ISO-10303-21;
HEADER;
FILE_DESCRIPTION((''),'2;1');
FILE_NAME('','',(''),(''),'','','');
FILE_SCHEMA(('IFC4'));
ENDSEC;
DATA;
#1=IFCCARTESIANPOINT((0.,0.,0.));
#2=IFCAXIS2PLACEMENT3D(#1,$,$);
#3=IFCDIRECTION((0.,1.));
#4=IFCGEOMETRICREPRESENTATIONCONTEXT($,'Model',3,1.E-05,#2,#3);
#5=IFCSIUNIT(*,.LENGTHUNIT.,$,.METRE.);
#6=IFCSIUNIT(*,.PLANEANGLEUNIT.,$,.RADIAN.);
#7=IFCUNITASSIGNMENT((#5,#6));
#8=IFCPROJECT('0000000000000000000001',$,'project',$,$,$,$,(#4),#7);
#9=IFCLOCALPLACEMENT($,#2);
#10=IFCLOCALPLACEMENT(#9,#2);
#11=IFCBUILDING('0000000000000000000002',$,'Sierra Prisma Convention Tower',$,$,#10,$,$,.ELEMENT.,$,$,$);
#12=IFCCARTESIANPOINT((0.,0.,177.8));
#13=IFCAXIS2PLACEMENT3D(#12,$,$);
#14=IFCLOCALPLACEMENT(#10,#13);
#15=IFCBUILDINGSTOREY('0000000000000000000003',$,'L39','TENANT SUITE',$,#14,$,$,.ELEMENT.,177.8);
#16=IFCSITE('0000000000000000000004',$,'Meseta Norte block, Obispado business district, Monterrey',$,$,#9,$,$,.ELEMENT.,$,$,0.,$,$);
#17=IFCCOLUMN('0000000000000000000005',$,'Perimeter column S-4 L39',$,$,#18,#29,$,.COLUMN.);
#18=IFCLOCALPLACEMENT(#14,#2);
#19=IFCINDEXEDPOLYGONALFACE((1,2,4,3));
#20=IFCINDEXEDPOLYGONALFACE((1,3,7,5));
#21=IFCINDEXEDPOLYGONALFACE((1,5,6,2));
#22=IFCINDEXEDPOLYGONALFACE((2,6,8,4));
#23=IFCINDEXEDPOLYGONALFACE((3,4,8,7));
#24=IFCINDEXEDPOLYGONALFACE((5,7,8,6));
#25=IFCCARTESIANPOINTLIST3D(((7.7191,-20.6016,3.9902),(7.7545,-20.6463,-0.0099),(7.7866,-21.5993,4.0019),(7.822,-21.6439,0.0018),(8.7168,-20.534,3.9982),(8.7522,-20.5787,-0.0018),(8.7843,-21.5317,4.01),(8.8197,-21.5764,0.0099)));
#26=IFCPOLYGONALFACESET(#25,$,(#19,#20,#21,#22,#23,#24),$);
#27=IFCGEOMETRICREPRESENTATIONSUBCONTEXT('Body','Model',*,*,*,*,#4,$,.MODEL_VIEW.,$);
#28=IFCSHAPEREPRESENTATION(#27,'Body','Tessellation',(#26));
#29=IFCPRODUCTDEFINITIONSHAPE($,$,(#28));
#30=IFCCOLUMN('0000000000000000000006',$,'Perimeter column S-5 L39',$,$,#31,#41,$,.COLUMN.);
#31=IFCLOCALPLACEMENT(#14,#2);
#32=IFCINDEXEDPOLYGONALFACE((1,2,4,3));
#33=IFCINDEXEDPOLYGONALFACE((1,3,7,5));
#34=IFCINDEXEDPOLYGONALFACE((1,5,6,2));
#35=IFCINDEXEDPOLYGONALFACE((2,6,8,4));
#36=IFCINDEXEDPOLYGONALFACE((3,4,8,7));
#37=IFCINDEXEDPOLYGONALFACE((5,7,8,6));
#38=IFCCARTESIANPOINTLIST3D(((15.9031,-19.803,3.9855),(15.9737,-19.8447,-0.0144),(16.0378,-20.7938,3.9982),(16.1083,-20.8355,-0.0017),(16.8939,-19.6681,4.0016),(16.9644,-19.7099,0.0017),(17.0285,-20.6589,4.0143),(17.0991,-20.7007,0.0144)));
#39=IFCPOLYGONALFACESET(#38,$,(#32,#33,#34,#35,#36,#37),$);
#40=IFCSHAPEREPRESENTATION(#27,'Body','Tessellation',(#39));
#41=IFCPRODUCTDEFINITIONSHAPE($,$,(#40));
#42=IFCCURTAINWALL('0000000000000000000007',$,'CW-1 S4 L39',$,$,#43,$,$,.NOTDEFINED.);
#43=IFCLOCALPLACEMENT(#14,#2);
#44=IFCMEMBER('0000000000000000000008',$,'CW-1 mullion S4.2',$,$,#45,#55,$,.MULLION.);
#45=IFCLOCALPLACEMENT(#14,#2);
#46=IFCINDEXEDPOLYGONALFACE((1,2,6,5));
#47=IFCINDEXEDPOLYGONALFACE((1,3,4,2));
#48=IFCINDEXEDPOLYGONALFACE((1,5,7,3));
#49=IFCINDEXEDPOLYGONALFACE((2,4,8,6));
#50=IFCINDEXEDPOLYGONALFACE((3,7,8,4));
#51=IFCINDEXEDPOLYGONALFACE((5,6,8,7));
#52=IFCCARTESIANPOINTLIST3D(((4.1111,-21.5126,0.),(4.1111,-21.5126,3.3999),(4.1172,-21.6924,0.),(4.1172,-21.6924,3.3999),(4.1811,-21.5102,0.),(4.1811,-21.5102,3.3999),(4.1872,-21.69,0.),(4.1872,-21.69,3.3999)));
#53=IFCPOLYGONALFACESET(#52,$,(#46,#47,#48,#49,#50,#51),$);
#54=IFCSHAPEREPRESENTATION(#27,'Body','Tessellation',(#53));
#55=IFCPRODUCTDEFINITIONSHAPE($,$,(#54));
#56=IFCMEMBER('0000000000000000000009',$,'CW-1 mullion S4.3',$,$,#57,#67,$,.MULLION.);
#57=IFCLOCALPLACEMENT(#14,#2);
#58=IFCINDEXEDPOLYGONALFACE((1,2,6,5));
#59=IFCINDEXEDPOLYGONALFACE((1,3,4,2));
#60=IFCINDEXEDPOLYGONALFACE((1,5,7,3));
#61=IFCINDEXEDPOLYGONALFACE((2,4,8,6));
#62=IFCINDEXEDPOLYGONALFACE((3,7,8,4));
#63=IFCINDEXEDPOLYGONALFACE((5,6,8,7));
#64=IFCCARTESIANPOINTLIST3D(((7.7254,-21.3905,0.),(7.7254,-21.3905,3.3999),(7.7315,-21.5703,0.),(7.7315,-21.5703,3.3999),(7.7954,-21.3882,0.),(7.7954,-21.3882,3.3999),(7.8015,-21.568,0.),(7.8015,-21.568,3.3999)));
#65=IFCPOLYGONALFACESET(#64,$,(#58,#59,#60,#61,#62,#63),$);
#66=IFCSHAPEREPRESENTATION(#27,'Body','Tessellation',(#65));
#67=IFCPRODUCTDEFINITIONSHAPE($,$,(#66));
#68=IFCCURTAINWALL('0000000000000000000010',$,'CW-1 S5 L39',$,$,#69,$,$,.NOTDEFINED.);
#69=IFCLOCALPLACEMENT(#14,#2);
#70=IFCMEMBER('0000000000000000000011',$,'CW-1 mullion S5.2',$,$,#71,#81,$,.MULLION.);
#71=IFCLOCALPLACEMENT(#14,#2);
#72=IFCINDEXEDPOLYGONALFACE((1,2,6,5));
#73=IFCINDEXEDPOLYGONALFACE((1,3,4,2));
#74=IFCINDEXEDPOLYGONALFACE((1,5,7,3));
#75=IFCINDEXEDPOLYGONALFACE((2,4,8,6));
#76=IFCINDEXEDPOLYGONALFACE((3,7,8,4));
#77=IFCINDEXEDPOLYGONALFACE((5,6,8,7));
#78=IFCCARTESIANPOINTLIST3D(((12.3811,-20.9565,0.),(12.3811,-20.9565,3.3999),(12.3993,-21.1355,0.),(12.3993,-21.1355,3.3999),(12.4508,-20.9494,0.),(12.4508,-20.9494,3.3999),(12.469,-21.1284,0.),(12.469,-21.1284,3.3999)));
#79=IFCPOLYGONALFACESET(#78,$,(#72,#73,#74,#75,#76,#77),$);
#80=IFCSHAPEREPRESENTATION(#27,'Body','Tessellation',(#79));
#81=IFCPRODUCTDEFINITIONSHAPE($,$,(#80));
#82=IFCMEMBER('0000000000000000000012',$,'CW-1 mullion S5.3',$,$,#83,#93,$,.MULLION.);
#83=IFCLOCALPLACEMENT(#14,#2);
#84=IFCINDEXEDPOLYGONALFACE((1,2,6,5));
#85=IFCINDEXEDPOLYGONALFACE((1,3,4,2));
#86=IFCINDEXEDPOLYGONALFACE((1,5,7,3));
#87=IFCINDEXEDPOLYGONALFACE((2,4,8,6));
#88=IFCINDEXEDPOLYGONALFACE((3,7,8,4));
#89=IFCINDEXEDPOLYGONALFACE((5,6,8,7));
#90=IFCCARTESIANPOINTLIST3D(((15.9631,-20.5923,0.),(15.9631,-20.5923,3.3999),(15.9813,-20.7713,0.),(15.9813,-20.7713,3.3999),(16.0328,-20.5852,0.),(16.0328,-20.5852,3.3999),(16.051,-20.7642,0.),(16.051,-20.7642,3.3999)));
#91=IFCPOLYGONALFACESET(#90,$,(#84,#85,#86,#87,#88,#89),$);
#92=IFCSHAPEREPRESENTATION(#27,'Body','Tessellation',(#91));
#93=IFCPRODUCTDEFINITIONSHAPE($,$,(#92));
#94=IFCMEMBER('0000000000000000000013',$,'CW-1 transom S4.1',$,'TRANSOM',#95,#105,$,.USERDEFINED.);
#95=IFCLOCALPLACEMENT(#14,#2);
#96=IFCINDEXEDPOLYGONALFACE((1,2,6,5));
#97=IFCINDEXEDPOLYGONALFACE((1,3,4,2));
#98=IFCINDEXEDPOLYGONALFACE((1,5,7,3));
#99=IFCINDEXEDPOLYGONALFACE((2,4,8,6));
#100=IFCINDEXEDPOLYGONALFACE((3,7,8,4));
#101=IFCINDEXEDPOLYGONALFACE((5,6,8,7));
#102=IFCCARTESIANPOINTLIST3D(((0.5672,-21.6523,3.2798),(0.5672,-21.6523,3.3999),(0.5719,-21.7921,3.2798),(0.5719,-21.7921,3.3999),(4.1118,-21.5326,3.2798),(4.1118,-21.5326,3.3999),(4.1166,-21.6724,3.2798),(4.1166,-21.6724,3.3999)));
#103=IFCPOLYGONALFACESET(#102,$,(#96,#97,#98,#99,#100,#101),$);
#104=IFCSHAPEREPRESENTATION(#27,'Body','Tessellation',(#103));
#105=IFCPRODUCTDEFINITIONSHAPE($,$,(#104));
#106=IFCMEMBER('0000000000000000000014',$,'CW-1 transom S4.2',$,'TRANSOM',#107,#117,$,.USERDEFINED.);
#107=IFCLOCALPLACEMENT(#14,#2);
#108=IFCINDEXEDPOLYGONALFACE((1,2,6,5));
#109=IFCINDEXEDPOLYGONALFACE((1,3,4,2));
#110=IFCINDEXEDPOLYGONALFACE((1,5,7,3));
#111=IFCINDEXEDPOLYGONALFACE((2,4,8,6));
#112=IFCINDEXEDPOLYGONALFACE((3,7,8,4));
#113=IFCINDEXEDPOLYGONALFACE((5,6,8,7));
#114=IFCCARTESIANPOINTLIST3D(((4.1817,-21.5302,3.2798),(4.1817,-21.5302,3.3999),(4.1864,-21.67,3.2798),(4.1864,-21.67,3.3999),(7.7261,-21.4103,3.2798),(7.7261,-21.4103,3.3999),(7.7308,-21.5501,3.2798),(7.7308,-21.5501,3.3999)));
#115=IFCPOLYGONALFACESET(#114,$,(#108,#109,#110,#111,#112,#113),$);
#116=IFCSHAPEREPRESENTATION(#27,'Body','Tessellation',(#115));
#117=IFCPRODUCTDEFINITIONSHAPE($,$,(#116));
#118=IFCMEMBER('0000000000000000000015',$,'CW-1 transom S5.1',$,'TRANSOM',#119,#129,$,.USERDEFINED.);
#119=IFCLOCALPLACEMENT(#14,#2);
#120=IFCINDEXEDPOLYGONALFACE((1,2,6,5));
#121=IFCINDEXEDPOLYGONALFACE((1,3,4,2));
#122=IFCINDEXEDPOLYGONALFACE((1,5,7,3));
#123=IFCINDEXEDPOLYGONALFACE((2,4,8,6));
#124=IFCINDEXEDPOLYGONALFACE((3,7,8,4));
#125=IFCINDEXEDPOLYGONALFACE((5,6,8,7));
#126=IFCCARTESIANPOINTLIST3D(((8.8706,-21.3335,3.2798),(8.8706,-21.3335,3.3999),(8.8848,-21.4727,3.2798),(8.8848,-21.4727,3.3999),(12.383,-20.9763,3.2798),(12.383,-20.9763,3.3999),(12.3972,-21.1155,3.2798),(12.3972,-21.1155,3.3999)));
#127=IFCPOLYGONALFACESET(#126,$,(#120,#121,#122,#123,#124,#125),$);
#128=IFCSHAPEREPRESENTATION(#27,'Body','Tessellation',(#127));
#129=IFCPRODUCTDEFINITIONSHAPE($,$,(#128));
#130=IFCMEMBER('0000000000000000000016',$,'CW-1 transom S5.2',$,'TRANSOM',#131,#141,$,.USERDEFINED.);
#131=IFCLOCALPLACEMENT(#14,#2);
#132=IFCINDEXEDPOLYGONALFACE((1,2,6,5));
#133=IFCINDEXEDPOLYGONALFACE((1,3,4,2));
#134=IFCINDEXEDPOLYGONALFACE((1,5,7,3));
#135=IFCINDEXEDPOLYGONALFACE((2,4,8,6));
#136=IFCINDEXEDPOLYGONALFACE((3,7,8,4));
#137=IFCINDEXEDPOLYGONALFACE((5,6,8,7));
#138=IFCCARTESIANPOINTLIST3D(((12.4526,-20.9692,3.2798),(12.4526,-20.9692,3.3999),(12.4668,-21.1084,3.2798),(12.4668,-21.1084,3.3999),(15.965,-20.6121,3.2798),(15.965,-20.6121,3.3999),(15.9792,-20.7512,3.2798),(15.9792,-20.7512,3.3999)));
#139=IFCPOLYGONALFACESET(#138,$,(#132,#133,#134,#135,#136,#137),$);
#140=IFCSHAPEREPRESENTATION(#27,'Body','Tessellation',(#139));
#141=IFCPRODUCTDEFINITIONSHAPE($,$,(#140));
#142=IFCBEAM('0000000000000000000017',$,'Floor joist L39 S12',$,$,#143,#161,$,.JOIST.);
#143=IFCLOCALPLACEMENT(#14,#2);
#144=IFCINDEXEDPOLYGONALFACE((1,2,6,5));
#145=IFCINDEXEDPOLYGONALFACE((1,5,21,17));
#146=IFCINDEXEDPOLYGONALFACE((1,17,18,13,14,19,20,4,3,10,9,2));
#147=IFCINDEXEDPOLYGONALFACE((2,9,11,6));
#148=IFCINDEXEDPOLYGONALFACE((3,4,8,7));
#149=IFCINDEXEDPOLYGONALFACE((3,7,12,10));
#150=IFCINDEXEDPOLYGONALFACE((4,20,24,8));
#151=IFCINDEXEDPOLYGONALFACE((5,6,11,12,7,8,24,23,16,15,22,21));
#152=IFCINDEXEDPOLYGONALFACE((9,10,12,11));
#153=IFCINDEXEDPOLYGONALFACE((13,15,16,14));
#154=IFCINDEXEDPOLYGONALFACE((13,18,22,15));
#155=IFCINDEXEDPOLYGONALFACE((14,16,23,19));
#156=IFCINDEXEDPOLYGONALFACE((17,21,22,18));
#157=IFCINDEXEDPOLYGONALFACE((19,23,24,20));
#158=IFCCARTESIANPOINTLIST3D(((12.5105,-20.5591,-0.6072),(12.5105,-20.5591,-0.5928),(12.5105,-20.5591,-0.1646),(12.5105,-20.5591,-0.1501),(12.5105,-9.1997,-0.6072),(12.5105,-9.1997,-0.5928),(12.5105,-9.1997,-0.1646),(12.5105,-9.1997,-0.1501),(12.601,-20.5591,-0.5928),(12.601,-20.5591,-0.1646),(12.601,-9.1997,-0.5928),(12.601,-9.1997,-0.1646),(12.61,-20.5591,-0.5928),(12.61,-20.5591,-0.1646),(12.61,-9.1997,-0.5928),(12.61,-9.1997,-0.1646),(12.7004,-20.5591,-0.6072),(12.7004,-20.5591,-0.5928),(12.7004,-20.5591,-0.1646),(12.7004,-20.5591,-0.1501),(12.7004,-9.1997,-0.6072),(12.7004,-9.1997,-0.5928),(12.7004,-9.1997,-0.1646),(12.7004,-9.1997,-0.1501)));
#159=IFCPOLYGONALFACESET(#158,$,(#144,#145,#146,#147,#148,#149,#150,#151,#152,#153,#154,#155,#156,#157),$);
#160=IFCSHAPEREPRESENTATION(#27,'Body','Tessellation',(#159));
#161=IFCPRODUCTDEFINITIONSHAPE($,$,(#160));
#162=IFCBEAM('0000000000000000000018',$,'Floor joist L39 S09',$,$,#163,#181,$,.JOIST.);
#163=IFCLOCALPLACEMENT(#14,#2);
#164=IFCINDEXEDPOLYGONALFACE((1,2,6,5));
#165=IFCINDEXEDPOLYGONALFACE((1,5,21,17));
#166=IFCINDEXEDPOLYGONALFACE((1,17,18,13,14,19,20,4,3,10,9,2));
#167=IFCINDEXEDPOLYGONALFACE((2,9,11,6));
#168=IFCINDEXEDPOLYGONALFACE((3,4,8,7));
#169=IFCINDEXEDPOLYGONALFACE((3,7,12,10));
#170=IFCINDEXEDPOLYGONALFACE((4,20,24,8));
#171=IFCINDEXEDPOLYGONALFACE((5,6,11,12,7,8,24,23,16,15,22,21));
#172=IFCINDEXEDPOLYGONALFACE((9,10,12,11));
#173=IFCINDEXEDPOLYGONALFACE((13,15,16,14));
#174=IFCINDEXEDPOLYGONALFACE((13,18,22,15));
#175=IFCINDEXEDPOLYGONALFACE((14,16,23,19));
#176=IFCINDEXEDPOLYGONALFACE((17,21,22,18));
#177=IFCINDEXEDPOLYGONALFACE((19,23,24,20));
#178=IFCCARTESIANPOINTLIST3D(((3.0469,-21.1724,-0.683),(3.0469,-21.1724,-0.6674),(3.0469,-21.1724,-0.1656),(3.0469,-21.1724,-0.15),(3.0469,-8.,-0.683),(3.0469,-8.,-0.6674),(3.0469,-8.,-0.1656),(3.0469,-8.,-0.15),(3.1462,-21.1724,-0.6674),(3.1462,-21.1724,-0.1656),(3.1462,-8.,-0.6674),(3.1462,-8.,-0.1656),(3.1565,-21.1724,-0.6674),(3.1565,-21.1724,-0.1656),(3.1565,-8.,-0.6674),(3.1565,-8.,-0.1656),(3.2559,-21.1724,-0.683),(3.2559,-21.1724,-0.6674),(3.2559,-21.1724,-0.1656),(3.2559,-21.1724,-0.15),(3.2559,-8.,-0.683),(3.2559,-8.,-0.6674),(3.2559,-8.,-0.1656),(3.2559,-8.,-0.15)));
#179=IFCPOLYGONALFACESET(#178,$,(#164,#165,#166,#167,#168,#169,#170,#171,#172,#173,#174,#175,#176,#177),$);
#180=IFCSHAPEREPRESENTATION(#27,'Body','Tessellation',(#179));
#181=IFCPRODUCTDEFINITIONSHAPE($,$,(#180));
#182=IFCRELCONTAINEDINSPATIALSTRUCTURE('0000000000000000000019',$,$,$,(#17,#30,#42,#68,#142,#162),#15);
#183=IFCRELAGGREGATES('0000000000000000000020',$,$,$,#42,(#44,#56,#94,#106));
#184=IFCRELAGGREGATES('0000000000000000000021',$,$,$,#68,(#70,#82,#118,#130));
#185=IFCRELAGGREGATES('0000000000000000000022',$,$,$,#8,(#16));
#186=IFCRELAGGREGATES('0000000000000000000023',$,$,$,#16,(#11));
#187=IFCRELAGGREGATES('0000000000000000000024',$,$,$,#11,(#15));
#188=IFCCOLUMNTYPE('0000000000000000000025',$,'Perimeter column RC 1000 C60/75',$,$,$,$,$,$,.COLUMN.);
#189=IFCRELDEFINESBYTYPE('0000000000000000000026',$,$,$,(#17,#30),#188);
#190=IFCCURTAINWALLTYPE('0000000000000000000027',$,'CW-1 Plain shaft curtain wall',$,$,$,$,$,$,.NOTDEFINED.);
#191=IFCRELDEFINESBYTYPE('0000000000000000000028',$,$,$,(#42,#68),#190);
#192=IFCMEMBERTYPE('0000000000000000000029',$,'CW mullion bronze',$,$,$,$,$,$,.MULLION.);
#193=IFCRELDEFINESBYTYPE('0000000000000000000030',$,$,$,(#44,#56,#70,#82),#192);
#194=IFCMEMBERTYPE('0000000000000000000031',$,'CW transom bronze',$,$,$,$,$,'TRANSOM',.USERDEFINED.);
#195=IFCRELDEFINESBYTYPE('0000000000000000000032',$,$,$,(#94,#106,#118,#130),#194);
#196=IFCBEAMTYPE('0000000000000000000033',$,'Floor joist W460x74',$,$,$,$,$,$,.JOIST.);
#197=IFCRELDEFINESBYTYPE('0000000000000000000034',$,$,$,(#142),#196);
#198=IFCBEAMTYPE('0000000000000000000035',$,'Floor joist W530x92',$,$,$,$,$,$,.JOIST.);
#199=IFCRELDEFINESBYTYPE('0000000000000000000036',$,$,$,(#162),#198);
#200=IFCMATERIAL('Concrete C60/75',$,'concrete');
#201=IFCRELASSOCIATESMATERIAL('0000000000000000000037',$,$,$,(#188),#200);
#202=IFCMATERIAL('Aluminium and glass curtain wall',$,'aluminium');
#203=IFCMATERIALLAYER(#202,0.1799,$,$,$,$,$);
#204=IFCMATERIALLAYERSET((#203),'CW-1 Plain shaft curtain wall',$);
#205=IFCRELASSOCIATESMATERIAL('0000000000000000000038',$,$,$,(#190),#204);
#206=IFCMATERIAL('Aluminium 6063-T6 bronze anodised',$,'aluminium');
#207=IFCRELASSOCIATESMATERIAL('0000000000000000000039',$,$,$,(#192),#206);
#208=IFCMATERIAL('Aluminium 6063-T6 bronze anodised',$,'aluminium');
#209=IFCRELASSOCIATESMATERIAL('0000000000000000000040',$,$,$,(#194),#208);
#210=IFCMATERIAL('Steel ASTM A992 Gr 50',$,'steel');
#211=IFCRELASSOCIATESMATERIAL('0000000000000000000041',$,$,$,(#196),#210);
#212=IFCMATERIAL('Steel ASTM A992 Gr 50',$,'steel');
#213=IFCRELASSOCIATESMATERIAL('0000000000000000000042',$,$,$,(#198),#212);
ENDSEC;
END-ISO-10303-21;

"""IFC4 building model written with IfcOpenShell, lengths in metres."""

from ifc_helpers import new_model, si_unit, direction, frame, origin, origin_2d, place, context, subcontext, project, spatial, rectangle, i_section, extrude, material, layer, layer_set, material_profile, profile_set, type_object, element, aggregate, save


model = new_model("IFC4")

# Units and contexts
model_context = context("Model", 3, precision=1e-05, world=origin(), true_north=direction((0.0, 1.0)))
body_context = subcontext(model_context, "Body", "Model", "MODEL_VIEW")
ifc_project = project(units=[si_unit("LENGTHUNIT", "METRE"), si_unit("PLANEANGLEUNIT", "RADIAN")], contexts=[model_context])

# Site, building, storey
site_placement = place(None, origin())
site = spatial("IfcSite", under=ifc_project, at=site_placement, Name="Meseta Norte block, Obispado business district, Monterrey", CompositionType="ELEMENT", RefElevation=0.0)
building_placement = place(site_placement, origin())
building = spatial("IfcBuilding", under=site, at=building_placement, Name="Sierra Prisma Convention Tower", CompositionType="ELEMENT")
storey_placement = place(building_placement, frame((0.0, 0.0, 177.8)))
storey = spatial("IfcBuildingStorey", under=building, at=storey_placement, Name="L39", Description="TENANT SUITE", CompositionType="ELEMENT", Elevation=177.8)

# Columns
ifc_material_1 = material(Name="Concrete C60/75", Category="concrete")
ifc_material_profile_1 = material_profile(ifc_material_1, rectangle(XDim=1.0, YDim=1.0, at=origin_2d()), Name="Perimeter column RC 1000 C60/75")
ifc_profile_set_1 = profile_set([ifc_material_profile_1], Name="Concrete C60/75")
column_type = type_object("IfcColumnType", Name="Perimeter column RC 1000 C60/75", PredefinedType="COLUMN", material=ifc_profile_set_1)
column_1_placement = place(storey_placement, frame((8.2871, -21.1113, 0.0), z_axis=(-0.008849, 0.011168, 0.999898), x_axis=(0.997681, 0.067587, 0.008075)))
element("IfcColumn", 1, at=column_1_placement, inside=storey, type_object=column_type, Name="Perimeter column S-4 L39", PredefinedType="COLUMN", context=body_context, shape_type="SweptSolid", body=[
    extrude(rectangle(XDim=1.0, YDim=1.0, at=origin_2d()), origin(), (0.0, 0.0, 1.0), 4.0005),
])
column_2_placement = place(storey_placement, frame((16.5364, -20.2727, 0.0), z_axis=(-0.017635, 0.010435, 0.99979), x_axis=(0.990735, 0.134853, 0.016068)))
element("IfcColumn", 2, at=column_2_placement, inside=storey, type_object=column_type, Name="Perimeter column S-5 L39", PredefinedType="COLUMN", context=body_context, shape_type="SweptSolid", body=[
    extrude(rectangle(XDim=1.0, YDim=1.0, at=origin_2d()), origin(), (0.0, 0.0, 1.0), 4.0007),
])

# Curtain walls, members
ifc_material_2 = material(Name="Aluminium and glass curtain wall", Category="aluminium")
ifc_layer_1 = layer(ifc_material_2, 0.1799)
ifc_layer_set_1 = layer_set([ifc_layer_1], Name="CW-1 Plain shaft curtain wall")
curtain_wall_type = type_object("IfcCurtainWallType", Name="CW-1 Plain shaft curtain wall", PredefinedType="NOTDEFINED", material=ifc_layer_set_1)
curtain_wall_1_placement = place(storey_placement, origin())
curtain_wall_1 = element("IfcCurtainWall", 3, at=curtain_wall_1_placement, inside=storey, type_object=curtain_wall_type, Name="CW-1 S4 L39", PredefinedType="NOTDEFINED")
ifc_material_3 = material(Name="Aluminium 6063-T6 bronze anodised", Category="aluminium")
ifc_material_profile_2 = material_profile(ifc_material_3, rectangle(XDim=0.1799, YDim=0.0701, at=origin_2d()), Name="ALU MULLION 70x180")
ifc_profile_set_2 = profile_set([ifc_material_profile_2], Name="Aluminium 6063-T6 bronze anodised")
member_type_1 = type_object("IfcMemberType", Name="CW mullion bronze", PredefinedType="MULLION", material=ifc_profile_set_2)
member_1_placement = place(storey_placement, frame((4.1492, -21.6013, 0.0), z_axis=(0.0, 0.0, 1.0), x_axis=(-0.033766, 0.99943, 0.0)))
member_1 = element("IfcMember", 4, at=member_1_placement, type_object=member_type_1, Name="CW-1 mullion S4.2", PredefinedType="MULLION", context=body_context, shape_type="SweptSolid", body=[
    extrude(rectangle(XDim=0.1799, YDim=0.0701, at=origin_2d()), origin(), (0.0, 0.0, 1.0), 3.3999),
])
member_2_placement = place(storey_placement, frame((7.7634, -21.4792, 0.0), z_axis=(0.0, 0.0, 1.0), x_axis=(-0.033766, 0.99943, 0.0)))
member_2 = element("IfcMember", 5, at=member_2_placement, type_object=member_type_1, Name="CW-1 mullion S4.3", PredefinedType="MULLION", context=body_context, shape_type="SweptSolid", body=[
    extrude(rectangle(XDim=0.1799, YDim=0.0701, at=origin_2d()), origin(), (0.0, 0.0, 1.0), 3.3999),
])
curtain_wall_2_placement = place(storey_placement, origin())
curtain_wall_2 = element("IfcCurtainWall", 6, at=curtain_wall_2_placement, inside=storey, type_object=curtain_wall_type, Name="CW-1 S5 L39", PredefinedType="NOTDEFINED")
member_3_placement = place(storey_placement, frame((12.425, -21.0425, 0.0), z_axis=(0.0, 0.0, 1.0), x_axis=(-0.101144, 0.994872, 0.0)))
member_3 = element("IfcMember", 7, at=member_3_placement, type_object=member_type_1, Name="CW-1 mullion S5.2", PredefinedType="MULLION", context=body_context, shape_type="SweptSolid", body=[
    extrude(rectangle(XDim=0.1799, YDim=0.0701, at=origin_2d()), origin(), (0.0, 0.0, 1.0), 3.3999),
])
member_4_placement = place(storey_placement, frame((16.0071, -20.6782, 0.0), z_axis=(0.0, 0.0, 1.0), x_axis=(-0.101144, 0.994872, 0.0)))
member_4 = element("IfcMember", 8, at=member_4_placement, type_object=member_type_1, Name="CW-1 mullion S5.3", PredefinedType="MULLION", context=body_context, shape_type="SweptSolid", body=[
    extrude(rectangle(XDim=0.1799, YDim=0.0701, at=origin_2d()), origin(), (0.0, 0.0, 1.0), 3.3999),
])

# Members
ifc_material_4 = material(Name="Aluminium 6063-T6 bronze anodised", Category="aluminium")
ifc_material_profile_3 = material_profile(ifc_material_4, rectangle(XDim=0.1399, YDim=0.1201, at=origin_2d()), Name="ALU TRANSOM 120x140")
ifc_profile_set_3 = profile_set([ifc_material_profile_3], Name="Aluminium 6063-T6 bronze anodised")
member_type_2 = type_object("IfcMemberType", Name="CW transom bronze", ElementType="TRANSOM", PredefinedType="USERDEFINED", material=ifc_profile_set_3)
member_5_placement = place(storey_placement, frame((0.5696, -21.7222, 3.3398), z_axis=(0.999431, 0.03373, 0.0), x_axis=(-0.03373, 0.999431, 0.0)))
member_5 = element("IfcMember", 9, at=member_5_placement, type_object=member_type_2, Name="CW-1 transom S4.1", ObjectType="TRANSOM", PredefinedType="USERDEFINED", context=body_context, shape_type="SweptSolid", body=[
    extrude(rectangle(XDim=0.1399, YDim=0.1201, at=origin_2d()), origin(), (0.0, 0.0, 1.0), 3.5466),
])
member_6_placement = place(storey_placement, frame((4.1841, -21.6001, 3.3398), z_axis=(0.999429, 0.033801, 0.0), x_axis=(-0.033801, 0.999429, 0.0)))
member_6 = element("IfcMember", 10, at=member_6_placement, type_object=member_type_2, Name="CW-1 transom S4.2", ObjectType="TRANSOM", PredefinedType="USERDEFINED", context=body_context, shape_type="SweptSolid", body=[
    extrude(rectangle(XDim=0.1399, YDim=0.1201, at=origin_2d()), origin(), (0.0, 0.0, 1.0), 3.5464),
])
member_7_placement = place(storey_placement, frame((8.8777, -21.4031, 3.3398), z_axis=(0.994869, 0.101167, 0.0), x_axis=(-0.101167, 0.994869, 0.0)))
member_7 = element("IfcMember", 11, at=member_7_placement, type_object=member_type_2, Name="CW-1 transom S5.1", ObjectType="TRANSOM", PredefinedType="USERDEFINED", context=body_context, shape_type="SweptSolid", body=[
    extrude(rectangle(XDim=0.1399, YDim=0.1201, at=origin_2d()), origin(), (0.0, 0.0, 1.0), 3.5305),
])
member_8_placement = place(storey_placement, frame((12.4597, -21.0388, 3.3398), z_axis=(0.994869, 0.101167, 0.0), x_axis=(-0.101167, 0.994869, 0.0)))
member_8 = element("IfcMember", 12, at=member_8_placement, type_object=member_type_2, Name="CW-1 transom S5.2", ObjectType="TRANSOM", PredefinedType="USERDEFINED", context=body_context, shape_type="SweptSolid", body=[
    extrude(rectangle(XDim=0.1399, YDim=0.1201, at=origin_2d()), origin(), (0.0, 0.0, 1.0), 3.5305),
])

# Beams
ifc_material_5 = material(Name="Steel ASTM A992 Gr 50", Category="steel")
ifc_material_profile_4 = material_profile(ifc_material_5, i_section(OverallWidth=0.1899, OverallDepth=0.457, WebThickness=0.009, FlangeThickness=0.0144, at=origin_2d()), Name="W460x74")
ifc_profile_set_4 = profile_set([ifc_material_profile_4], Name="Steel ASTM A992 Gr 50")
beam_type_1 = type_object("IfcBeamType", Name="Floor joist W460x74", PredefinedType="JOIST", material=ifc_profile_set_4)
beam_1_placement = place(storey_placement, frame((12.6055, -20.5591, -0.3787), z_axis=(0.0, 1.0, 0.0), x_axis=(-1.0, 0.0, 0.0)))
element("IfcBeam", 13, at=beam_1_placement, inside=storey, type_object=beam_type_1, Name="Floor joist L39 S12", PredefinedType="JOIST", context=body_context, shape_type="SweptSolid", body=[
    extrude(i_section(OverallWidth=0.1899, OverallDepth=0.457, WebThickness=0.009, FlangeThickness=0.0144, at=origin_2d()), origin(), (0.0, 0.0, 1.0), 11.3594),
])
ifc_material_6 = material(Name="Steel ASTM A992 Gr 50", Category="steel")
ifc_material_profile_5 = material_profile(ifc_material_6, i_section(OverallWidth=0.209, OverallDepth=0.533, WebThickness=0.0103, FlangeThickness=0.0156, at=origin_2d()), Name="W530x92")
ifc_profile_set_5 = profile_set([ifc_material_profile_5], Name="Steel ASTM A992 Gr 50")
beam_type_2 = type_object("IfcBeamType", Name="Floor joist W530x92", PredefinedType="JOIST", material=ifc_profile_set_5)
beam_2_placement = place(storey_placement, frame((3.1514, -21.1724, -0.4165), z_axis=(0.0, 1.0, 0.0), x_axis=(-1.0, 0.0, 0.0)))
element("IfcBeam", 14, at=beam_2_placement, inside=storey, type_object=beam_type_2, Name="Floor joist L39 S09", PredefinedType="JOIST", context=body_context, shape_type="SweptSolid", body=[
    extrude(i_section(OverallWidth=0.209, OverallDepth=0.533, WebThickness=0.0103, FlangeThickness=0.0156, at=origin_2d()), origin(), (0.0, 0.0, 1.0), 13.1724),
])

aggregate(curtain_wall_1, [member_1, member_2, member_5, member_6])
aggregate(curtain_wall_2, [member_3, member_4, member_7, member_8])

save(model, "model.ifc")
